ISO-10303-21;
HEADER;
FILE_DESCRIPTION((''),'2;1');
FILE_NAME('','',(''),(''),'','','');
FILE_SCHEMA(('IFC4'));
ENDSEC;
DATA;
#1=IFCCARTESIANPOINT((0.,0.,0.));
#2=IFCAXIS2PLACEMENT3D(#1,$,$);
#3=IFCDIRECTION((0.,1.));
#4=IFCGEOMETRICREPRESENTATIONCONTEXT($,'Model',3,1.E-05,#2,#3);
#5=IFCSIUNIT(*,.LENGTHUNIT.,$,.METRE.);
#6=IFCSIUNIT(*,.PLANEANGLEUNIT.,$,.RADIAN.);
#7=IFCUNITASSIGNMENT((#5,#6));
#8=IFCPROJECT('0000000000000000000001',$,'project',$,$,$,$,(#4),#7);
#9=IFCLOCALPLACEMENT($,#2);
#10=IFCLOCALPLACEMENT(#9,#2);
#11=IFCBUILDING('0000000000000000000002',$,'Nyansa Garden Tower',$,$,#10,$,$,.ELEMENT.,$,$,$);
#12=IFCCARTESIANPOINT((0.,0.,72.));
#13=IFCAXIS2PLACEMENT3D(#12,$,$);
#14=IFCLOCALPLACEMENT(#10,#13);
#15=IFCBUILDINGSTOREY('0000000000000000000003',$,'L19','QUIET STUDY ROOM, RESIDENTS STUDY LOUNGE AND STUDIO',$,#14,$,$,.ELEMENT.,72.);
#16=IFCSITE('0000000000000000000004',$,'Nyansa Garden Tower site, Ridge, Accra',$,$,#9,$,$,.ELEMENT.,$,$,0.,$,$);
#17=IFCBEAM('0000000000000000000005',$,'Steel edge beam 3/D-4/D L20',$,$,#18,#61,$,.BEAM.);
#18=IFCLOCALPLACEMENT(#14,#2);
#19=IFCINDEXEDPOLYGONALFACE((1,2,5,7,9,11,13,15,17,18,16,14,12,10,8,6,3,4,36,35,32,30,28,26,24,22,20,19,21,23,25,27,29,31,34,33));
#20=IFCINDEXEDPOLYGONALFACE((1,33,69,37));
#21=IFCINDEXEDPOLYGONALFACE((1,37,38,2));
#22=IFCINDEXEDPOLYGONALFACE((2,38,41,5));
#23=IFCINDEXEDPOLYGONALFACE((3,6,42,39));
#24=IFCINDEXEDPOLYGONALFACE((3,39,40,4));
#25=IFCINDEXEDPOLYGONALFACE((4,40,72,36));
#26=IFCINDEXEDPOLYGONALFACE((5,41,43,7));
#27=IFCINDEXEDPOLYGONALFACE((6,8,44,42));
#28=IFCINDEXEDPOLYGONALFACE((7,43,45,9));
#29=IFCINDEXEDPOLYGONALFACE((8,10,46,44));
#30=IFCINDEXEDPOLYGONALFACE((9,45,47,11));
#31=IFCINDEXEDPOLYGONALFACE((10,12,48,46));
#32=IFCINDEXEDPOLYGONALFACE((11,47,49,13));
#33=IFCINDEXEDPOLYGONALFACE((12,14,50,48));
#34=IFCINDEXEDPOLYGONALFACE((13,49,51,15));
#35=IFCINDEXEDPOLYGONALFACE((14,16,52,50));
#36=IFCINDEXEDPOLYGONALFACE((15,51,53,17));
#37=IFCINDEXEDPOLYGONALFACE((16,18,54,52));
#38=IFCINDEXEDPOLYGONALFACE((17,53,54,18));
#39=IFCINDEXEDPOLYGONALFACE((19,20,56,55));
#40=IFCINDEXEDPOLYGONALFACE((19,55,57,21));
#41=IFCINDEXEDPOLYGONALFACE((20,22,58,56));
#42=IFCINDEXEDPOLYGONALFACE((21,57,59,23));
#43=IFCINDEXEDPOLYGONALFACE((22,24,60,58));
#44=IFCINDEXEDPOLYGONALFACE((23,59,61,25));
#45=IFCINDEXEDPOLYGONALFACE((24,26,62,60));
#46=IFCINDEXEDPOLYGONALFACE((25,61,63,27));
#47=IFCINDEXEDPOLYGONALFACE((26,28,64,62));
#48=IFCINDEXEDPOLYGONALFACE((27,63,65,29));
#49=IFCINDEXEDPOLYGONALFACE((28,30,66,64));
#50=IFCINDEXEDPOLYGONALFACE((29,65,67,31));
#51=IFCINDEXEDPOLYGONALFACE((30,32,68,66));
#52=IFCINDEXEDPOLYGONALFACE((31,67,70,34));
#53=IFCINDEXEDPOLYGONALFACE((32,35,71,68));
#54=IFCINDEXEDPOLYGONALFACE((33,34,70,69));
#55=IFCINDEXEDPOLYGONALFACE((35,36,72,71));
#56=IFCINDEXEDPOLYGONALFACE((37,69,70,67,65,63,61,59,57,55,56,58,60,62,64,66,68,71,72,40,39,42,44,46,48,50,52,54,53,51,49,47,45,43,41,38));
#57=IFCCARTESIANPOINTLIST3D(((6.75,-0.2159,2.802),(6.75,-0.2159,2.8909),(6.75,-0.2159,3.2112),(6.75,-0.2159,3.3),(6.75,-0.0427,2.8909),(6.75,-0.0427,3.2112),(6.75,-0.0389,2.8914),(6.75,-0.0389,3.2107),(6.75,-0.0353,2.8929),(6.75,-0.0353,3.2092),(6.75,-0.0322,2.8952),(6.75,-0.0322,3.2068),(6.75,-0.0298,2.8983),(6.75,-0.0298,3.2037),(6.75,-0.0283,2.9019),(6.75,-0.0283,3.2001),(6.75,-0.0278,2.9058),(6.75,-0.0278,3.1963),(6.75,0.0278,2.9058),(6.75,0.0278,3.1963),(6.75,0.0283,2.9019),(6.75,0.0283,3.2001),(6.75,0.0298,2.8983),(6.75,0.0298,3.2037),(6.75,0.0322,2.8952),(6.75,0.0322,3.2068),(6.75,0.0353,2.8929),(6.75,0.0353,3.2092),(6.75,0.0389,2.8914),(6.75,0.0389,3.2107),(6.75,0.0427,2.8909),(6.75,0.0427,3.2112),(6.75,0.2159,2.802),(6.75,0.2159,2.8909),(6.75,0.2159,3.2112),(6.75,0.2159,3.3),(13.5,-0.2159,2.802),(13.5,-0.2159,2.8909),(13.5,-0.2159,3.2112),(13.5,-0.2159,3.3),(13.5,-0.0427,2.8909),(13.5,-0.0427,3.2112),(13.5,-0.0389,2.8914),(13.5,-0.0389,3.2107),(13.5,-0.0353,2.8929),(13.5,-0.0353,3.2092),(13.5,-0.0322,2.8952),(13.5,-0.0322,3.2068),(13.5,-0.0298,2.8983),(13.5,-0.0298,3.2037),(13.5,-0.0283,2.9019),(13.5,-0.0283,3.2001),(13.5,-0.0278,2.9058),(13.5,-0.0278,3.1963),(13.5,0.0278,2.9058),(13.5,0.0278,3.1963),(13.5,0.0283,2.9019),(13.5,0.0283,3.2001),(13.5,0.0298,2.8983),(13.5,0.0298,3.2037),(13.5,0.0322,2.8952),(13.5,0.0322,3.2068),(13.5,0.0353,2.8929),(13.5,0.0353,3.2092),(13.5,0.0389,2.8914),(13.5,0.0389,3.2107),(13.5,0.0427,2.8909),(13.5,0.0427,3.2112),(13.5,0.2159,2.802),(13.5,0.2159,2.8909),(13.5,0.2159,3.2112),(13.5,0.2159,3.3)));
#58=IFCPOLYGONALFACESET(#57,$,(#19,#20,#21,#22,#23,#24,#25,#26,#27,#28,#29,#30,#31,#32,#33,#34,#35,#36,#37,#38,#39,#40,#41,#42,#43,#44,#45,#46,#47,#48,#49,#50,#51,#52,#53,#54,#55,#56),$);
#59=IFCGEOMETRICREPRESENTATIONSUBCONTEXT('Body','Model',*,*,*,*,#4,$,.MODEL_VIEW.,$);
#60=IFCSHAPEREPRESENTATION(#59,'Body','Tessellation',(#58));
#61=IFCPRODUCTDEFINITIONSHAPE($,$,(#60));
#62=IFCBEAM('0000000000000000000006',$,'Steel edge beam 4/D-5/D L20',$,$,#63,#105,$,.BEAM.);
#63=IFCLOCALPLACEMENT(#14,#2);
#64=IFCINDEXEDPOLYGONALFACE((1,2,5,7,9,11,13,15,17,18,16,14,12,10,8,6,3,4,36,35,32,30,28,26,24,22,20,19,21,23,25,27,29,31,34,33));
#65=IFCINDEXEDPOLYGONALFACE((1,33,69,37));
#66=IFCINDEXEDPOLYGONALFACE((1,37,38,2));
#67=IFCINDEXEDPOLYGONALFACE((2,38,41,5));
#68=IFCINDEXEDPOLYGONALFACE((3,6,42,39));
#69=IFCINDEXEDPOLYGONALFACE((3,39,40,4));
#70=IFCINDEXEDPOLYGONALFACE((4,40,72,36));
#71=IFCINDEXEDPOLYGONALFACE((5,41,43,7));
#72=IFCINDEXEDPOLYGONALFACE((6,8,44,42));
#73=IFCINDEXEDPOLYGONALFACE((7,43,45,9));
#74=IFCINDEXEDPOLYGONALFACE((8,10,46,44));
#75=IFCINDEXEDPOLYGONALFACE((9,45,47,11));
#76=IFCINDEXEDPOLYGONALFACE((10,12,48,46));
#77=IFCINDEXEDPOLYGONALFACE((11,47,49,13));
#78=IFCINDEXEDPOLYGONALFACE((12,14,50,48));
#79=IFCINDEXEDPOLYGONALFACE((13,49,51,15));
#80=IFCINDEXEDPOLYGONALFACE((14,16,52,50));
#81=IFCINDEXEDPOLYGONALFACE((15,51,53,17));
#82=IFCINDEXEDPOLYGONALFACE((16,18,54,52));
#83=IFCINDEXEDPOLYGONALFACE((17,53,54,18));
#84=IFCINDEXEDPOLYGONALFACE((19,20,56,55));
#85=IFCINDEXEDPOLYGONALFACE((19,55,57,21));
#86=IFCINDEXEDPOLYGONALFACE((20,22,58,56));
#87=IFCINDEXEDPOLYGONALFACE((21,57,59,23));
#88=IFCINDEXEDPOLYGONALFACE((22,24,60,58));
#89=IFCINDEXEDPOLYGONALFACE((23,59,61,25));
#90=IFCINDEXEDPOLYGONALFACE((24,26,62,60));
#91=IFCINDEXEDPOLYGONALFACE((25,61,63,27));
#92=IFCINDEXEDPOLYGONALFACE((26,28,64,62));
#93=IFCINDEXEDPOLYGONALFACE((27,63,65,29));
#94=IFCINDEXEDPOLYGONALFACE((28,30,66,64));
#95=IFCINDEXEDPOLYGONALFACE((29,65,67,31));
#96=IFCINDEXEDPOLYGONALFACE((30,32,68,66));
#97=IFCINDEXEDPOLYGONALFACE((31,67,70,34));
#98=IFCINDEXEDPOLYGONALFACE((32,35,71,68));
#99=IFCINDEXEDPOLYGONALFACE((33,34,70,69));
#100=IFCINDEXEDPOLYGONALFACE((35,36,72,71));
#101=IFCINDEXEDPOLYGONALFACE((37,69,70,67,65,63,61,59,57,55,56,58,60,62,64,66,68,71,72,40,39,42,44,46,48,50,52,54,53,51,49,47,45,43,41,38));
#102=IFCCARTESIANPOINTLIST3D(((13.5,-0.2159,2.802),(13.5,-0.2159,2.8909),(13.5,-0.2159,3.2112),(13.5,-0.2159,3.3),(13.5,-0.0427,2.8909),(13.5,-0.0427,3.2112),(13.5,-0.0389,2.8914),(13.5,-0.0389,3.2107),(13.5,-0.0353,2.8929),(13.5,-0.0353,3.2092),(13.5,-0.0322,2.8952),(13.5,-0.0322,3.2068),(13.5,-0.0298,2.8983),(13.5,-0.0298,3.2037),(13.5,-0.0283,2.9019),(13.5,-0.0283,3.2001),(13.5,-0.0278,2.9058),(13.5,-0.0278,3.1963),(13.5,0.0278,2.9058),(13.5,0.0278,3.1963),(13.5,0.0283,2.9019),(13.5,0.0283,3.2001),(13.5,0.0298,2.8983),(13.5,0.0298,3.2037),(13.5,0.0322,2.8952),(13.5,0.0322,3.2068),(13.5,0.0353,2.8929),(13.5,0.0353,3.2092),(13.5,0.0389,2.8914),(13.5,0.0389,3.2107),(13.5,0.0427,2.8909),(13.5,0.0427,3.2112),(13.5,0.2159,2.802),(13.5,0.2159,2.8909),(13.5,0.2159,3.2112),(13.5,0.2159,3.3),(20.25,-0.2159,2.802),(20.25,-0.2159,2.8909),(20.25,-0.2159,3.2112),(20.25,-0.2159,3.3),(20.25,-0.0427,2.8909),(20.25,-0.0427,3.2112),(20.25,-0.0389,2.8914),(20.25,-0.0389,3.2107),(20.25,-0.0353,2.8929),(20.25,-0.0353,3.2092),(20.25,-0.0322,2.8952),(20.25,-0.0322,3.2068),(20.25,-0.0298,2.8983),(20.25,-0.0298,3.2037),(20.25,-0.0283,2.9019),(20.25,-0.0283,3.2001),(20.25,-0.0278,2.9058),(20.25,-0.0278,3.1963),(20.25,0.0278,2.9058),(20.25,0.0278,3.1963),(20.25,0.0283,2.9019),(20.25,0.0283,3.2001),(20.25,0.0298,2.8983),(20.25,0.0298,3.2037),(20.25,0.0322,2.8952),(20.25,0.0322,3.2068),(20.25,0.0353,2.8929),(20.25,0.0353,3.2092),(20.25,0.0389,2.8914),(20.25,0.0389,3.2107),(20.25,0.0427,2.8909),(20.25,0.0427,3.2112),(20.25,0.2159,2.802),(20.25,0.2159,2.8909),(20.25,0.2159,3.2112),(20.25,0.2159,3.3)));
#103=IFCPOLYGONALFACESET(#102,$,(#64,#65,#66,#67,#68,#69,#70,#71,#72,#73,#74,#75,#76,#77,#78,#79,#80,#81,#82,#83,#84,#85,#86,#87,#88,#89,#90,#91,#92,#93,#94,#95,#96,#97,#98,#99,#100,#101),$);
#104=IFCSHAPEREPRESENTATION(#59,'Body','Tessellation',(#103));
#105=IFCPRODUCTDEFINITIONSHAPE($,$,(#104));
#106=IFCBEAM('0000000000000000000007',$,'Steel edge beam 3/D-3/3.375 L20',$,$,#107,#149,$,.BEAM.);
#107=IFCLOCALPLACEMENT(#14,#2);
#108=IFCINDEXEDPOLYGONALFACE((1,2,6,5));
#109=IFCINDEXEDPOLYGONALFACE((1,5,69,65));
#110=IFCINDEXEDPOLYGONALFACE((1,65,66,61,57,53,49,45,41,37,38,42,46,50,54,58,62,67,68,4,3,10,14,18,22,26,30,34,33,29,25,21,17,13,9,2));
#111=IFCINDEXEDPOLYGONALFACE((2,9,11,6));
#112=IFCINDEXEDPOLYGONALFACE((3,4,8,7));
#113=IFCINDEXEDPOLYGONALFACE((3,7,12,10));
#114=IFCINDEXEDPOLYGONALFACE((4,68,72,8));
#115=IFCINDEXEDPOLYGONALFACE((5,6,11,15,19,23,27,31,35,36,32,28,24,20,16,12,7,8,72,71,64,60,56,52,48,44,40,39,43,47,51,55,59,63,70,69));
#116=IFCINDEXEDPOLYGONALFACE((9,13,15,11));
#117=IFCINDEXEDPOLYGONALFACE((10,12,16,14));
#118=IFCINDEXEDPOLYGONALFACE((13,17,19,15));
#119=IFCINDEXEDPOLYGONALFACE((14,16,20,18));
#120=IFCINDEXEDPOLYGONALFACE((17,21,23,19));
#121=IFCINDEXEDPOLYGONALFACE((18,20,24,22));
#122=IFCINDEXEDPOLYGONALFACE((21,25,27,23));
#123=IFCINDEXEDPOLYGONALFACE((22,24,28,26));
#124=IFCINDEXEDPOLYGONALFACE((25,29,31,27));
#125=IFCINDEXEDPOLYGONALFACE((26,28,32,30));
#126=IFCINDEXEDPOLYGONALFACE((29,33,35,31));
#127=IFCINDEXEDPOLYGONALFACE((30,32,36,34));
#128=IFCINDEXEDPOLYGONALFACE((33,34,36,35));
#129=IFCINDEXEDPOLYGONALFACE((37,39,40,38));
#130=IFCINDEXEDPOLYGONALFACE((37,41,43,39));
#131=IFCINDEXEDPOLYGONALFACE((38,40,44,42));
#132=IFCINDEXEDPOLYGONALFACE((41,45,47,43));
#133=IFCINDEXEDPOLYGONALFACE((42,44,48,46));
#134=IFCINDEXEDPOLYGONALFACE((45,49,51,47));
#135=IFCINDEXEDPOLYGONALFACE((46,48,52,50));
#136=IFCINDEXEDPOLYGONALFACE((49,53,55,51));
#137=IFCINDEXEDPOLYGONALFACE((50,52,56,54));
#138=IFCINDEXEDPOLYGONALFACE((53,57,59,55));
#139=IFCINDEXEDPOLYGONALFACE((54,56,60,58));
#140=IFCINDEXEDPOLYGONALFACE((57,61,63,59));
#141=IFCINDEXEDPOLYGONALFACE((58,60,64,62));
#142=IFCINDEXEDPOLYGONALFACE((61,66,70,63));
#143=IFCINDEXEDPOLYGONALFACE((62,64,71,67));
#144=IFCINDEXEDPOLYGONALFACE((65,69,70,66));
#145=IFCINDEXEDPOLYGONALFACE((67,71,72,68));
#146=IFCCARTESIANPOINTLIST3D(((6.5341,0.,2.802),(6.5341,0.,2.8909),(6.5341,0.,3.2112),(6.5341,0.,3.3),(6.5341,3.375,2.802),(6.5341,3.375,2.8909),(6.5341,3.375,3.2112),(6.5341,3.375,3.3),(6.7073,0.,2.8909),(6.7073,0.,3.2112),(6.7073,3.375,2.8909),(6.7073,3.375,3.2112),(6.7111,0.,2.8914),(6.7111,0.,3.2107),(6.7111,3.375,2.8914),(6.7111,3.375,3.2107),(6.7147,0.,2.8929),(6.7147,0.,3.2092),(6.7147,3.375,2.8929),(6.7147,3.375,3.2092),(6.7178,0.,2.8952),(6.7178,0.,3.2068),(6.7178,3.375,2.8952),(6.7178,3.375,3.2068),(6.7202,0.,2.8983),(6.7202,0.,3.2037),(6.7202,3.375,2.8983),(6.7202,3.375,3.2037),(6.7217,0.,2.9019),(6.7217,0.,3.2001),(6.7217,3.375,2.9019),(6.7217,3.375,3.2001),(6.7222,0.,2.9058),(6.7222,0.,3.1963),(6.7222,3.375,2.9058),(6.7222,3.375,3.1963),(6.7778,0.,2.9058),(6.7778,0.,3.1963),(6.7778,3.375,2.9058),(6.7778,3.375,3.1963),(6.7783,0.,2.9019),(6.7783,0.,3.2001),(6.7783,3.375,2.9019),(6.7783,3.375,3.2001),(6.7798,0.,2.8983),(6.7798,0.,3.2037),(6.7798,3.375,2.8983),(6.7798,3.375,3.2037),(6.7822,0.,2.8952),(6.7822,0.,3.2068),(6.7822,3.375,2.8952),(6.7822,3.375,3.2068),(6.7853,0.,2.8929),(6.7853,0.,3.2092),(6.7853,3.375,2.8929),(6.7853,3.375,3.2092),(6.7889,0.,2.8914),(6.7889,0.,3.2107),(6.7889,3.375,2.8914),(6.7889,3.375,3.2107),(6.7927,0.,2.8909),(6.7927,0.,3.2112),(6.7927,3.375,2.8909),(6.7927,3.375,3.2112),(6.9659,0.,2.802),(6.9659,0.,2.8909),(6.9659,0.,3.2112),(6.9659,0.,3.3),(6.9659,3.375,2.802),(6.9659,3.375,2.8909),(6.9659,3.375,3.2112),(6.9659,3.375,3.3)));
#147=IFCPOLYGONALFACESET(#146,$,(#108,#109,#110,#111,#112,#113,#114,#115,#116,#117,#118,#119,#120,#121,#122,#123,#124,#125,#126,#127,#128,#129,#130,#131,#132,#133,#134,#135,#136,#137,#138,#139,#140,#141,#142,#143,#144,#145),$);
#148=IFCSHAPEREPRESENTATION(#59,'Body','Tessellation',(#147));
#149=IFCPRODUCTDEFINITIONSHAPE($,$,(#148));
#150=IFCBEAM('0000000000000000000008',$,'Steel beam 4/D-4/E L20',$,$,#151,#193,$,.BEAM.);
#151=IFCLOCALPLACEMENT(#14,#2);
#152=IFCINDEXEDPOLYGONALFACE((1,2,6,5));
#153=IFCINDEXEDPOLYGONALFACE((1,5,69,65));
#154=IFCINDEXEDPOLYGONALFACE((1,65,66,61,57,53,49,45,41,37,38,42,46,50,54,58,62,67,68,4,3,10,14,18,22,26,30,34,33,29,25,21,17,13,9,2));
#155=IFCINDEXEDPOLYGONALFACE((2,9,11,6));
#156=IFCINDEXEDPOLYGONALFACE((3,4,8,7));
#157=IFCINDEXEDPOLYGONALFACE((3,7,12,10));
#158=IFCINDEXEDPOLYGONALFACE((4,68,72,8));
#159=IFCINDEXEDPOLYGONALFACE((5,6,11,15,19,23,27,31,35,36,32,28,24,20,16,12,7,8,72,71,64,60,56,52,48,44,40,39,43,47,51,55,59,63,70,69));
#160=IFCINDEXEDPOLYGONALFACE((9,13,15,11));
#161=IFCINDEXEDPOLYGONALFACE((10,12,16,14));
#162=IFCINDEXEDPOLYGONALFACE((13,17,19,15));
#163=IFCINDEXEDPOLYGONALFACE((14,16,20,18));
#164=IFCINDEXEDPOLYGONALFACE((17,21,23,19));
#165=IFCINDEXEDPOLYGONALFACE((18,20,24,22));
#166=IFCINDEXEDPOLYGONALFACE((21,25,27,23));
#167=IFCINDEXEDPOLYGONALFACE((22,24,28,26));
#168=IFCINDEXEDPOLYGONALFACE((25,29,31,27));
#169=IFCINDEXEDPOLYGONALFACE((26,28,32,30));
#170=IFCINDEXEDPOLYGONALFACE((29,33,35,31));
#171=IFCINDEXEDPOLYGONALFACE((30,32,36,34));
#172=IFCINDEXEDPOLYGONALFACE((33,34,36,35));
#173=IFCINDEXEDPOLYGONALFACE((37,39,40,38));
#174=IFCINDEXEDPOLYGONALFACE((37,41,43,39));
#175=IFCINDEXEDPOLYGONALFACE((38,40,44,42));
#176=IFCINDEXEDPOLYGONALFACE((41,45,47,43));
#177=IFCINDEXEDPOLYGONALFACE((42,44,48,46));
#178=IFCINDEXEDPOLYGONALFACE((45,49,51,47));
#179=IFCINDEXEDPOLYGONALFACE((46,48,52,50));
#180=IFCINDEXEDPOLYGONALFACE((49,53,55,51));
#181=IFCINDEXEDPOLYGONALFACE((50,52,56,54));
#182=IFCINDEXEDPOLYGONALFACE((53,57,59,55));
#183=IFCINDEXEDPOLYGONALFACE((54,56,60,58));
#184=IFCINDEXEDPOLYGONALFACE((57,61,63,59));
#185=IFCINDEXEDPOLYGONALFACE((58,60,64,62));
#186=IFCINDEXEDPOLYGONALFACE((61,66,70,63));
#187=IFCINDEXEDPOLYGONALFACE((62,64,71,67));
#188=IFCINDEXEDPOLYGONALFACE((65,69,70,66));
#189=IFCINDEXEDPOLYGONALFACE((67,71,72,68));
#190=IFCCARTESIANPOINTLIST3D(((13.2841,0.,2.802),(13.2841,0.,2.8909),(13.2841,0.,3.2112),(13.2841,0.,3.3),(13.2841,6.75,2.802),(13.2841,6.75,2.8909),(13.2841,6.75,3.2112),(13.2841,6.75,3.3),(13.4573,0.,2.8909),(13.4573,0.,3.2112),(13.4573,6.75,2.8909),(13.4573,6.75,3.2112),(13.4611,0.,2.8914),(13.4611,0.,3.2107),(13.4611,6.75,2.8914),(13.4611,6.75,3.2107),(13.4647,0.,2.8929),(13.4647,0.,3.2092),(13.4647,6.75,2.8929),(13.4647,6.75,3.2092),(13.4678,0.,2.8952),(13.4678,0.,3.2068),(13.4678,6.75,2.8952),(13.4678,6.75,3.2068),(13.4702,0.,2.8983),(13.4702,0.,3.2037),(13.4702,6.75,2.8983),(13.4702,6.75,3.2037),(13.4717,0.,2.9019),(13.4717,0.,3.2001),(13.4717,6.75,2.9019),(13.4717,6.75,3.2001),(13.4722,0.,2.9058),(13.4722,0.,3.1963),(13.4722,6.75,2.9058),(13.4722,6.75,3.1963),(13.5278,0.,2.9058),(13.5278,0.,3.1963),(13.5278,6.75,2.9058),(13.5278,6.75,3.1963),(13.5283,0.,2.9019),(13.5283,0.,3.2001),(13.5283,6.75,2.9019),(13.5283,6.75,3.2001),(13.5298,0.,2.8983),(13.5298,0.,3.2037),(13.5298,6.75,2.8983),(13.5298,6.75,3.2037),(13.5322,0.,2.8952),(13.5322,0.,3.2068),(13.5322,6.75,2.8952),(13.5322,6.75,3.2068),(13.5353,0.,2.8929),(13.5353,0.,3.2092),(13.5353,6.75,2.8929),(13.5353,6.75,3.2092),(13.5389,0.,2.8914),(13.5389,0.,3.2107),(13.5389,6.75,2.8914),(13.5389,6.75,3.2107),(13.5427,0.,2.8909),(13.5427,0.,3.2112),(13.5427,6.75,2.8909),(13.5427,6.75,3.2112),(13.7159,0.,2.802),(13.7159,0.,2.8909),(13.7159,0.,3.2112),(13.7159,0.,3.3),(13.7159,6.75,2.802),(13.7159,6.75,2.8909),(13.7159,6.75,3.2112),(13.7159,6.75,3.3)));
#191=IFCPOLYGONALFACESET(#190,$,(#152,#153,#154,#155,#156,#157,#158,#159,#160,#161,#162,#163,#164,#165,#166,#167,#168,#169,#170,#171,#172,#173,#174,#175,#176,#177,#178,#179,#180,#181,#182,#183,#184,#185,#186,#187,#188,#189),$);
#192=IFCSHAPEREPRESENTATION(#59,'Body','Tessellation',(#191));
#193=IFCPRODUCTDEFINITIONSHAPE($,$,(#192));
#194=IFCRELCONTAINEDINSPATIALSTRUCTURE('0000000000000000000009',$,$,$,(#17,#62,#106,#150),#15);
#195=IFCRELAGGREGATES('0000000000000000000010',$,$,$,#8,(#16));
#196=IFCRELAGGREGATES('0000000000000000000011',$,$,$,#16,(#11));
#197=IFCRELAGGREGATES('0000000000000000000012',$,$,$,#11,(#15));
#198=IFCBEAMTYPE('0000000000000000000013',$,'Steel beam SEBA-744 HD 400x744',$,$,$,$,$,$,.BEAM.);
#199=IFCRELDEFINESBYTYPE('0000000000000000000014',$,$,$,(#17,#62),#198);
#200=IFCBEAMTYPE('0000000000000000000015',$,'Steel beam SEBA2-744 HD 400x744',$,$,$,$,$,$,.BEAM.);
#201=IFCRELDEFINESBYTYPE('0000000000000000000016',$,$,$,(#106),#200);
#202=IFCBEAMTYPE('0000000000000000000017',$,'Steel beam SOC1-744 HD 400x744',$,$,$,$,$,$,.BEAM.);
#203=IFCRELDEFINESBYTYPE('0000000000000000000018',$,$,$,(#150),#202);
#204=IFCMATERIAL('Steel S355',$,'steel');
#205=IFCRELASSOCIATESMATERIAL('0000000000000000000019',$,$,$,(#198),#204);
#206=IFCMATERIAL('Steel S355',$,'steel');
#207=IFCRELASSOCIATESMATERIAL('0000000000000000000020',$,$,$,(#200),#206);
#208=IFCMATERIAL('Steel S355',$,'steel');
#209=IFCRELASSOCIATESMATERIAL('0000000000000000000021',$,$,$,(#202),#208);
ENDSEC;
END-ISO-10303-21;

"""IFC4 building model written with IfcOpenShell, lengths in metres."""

from ifc_helpers import new_model, si_unit, direction, frame, origin, origin_2d, place, context, subcontext, project, spatial, i_section, extrude, material, material_profile, profile_set, type_object, element, save


model = new_model("IFC4")

# Units and contexts
model_context = context("Model", 3, precision=1e-05, world=origin(), true_north=direction((0.0, 1.0)))
body_context = subcontext(model_context, "Body", "Model", "MODEL_VIEW")
ifc_project = project(units=[si_unit("LENGTHUNIT", "METRE"), si_unit("PLANEANGLEUNIT", "RADIAN")], contexts=[model_context])

# Site, building, storey
site_placement = place(None, origin())
site = spatial("IfcSite", under=ifc_project, at=site_placement, Name="Nyansa Garden Tower site, Ridge, Accra", CompositionType="ELEMENT", RefElevation=0.0)
building_placement = place(site_placement, origin())
building = spatial("IfcBuilding", under=site, at=building_placement, Name="Nyansa Garden Tower", CompositionType="ELEMENT")
storey_placement = place(building_placement, frame((0.0, 0.0, 72.0)))
storey = spatial("IfcBuildingStorey", under=building, at=storey_placement, Name="L19", Description="QUIET STUDY ROOM, RESIDENTS STUDY LOUNGE AND STUDIO", CompositionType="ELEMENT", Elevation=72.0)

# Beams
ifc_material_1 = material(Name="Steel S355", Category="steel")
ifc_material_profile_1 = material_profile(ifc_material_1, i_section(OverallWidth=0.4319, OverallDepth=0.498, WebThickness=0.0557, FlangeThickness=0.0889, FilletRadius=0.0149, at=origin_2d()), Name="HD 400x744")
ifc_profile_set_1 = profile_set([ifc_material_profile_1], Name="Steel S355")
beam_type_1 = type_object("IfcBeamType", Name="Steel beam SEBA-744 HD 400x744", PredefinedType="BEAM", material=ifc_profile_set_1)
for number, where, z_axis, x_axis, name in (
    (1, (6.75, 0.0, 3.051), (1.0, 0.0, 0.0), (0.0, 1.0, 0.0), "Steel edge beam 3/D-4/D L20"),
    (2, (13.5, 0.0, 3.051), (1.0, 0.0, 0.0), (0.0, 1.0, 0.0), "Steel edge beam 4/D-5/D L20"),
):
    element("IfcBeam", number, at=place(storey_placement, frame(where, z_axis=z_axis, x_axis=x_axis)), inside=storey, type_object=beam_type_1, Name=name, PredefinedType="BEAM", context=body_context, shape_type="SweptSolid", body=[
        extrude(i_section(OverallWidth=0.4319, OverallDepth=0.498, WebThickness=0.0557, FlangeThickness=0.0889, FilletRadius=0.0149, at=origin_2d()), origin(), (0.0, 0.0, 1.0), 6.75),
    ])
ifc_material_2 = material(Name="Steel S355", Category="steel")
ifc_material_profile_2 = material_profile(ifc_material_2, i_section(OverallWidth=0.4319, OverallDepth=0.498, WebThickness=0.0557, FlangeThickness=0.0889, FilletRadius=0.0149, at=origin_2d()), Name="HD 400x744")
ifc_profile_set_2 = profile_set([ifc_material_profile_2], Name="Steel S355")
beam_type_2 = type_object("IfcBeamType", Name="Steel beam SEBA2-744 HD 400x744", PredefinedType="BEAM", material=ifc_profile_set_2)
beam_1_placement = place(storey_placement, frame((6.75, 0.0, 3.051), z_axis=(0.0, 1.0, 0.0), x_axis=(-1.0, 0.0, 0.0)))
element("IfcBeam", 3, at=beam_1_placement, inside=storey, type_object=beam_type_2, Name="Steel edge beam 3/D-3/3.375 L20", PredefinedType="BEAM", context=body_context, shape_type="SweptSolid", body=[
    extrude(i_section(OverallWidth=0.4319, OverallDepth=0.498, WebThickness=0.0557, FlangeThickness=0.0889, FilletRadius=0.0149, at=origin_2d()), origin(), (0.0, 0.0, 1.0), 3.375),
])
ifc_material_3 = material(Name="Steel S355", Category="steel")
ifc_material_profile_3 = material_profile(ifc_material_3, i_section(OverallWidth=0.4319, OverallDepth=0.498, WebThickness=0.0557, FlangeThickness=0.0889, FilletRadius=0.0149, at=origin_2d()), Name="HD 400x744")
ifc_profile_set_3 = profile_set([ifc_material_profile_3], Name="Steel S355")
beam_type_3 = type_object("IfcBeamType", Name="Steel beam SOC1-744 HD 400x744", PredefinedType="BEAM", material=ifc_profile_set_3)
beam_2_placement = place(storey_placement, frame((13.5, 0.0, 3.051), z_axis=(0.0, 1.0, 0.0), x_axis=(-1.0, 0.0, 0.0)))
element("IfcBeam", 4, at=beam_2_placement, inside=storey, type_object=beam_type_3, Name="Steel beam 4/D-4/E L20", PredefinedType="BEAM", context=body_context, shape_type="SweptSolid", body=[
    extrude(i_section(OverallWidth=0.4319, OverallDepth=0.498, WebThickness=0.0557, FlangeThickness=0.0889, FilletRadius=0.0149, at=origin_2d()), origin(), (0.0, 0.0, 1.0), 6.75),
])

save(model, "model.ifc")
